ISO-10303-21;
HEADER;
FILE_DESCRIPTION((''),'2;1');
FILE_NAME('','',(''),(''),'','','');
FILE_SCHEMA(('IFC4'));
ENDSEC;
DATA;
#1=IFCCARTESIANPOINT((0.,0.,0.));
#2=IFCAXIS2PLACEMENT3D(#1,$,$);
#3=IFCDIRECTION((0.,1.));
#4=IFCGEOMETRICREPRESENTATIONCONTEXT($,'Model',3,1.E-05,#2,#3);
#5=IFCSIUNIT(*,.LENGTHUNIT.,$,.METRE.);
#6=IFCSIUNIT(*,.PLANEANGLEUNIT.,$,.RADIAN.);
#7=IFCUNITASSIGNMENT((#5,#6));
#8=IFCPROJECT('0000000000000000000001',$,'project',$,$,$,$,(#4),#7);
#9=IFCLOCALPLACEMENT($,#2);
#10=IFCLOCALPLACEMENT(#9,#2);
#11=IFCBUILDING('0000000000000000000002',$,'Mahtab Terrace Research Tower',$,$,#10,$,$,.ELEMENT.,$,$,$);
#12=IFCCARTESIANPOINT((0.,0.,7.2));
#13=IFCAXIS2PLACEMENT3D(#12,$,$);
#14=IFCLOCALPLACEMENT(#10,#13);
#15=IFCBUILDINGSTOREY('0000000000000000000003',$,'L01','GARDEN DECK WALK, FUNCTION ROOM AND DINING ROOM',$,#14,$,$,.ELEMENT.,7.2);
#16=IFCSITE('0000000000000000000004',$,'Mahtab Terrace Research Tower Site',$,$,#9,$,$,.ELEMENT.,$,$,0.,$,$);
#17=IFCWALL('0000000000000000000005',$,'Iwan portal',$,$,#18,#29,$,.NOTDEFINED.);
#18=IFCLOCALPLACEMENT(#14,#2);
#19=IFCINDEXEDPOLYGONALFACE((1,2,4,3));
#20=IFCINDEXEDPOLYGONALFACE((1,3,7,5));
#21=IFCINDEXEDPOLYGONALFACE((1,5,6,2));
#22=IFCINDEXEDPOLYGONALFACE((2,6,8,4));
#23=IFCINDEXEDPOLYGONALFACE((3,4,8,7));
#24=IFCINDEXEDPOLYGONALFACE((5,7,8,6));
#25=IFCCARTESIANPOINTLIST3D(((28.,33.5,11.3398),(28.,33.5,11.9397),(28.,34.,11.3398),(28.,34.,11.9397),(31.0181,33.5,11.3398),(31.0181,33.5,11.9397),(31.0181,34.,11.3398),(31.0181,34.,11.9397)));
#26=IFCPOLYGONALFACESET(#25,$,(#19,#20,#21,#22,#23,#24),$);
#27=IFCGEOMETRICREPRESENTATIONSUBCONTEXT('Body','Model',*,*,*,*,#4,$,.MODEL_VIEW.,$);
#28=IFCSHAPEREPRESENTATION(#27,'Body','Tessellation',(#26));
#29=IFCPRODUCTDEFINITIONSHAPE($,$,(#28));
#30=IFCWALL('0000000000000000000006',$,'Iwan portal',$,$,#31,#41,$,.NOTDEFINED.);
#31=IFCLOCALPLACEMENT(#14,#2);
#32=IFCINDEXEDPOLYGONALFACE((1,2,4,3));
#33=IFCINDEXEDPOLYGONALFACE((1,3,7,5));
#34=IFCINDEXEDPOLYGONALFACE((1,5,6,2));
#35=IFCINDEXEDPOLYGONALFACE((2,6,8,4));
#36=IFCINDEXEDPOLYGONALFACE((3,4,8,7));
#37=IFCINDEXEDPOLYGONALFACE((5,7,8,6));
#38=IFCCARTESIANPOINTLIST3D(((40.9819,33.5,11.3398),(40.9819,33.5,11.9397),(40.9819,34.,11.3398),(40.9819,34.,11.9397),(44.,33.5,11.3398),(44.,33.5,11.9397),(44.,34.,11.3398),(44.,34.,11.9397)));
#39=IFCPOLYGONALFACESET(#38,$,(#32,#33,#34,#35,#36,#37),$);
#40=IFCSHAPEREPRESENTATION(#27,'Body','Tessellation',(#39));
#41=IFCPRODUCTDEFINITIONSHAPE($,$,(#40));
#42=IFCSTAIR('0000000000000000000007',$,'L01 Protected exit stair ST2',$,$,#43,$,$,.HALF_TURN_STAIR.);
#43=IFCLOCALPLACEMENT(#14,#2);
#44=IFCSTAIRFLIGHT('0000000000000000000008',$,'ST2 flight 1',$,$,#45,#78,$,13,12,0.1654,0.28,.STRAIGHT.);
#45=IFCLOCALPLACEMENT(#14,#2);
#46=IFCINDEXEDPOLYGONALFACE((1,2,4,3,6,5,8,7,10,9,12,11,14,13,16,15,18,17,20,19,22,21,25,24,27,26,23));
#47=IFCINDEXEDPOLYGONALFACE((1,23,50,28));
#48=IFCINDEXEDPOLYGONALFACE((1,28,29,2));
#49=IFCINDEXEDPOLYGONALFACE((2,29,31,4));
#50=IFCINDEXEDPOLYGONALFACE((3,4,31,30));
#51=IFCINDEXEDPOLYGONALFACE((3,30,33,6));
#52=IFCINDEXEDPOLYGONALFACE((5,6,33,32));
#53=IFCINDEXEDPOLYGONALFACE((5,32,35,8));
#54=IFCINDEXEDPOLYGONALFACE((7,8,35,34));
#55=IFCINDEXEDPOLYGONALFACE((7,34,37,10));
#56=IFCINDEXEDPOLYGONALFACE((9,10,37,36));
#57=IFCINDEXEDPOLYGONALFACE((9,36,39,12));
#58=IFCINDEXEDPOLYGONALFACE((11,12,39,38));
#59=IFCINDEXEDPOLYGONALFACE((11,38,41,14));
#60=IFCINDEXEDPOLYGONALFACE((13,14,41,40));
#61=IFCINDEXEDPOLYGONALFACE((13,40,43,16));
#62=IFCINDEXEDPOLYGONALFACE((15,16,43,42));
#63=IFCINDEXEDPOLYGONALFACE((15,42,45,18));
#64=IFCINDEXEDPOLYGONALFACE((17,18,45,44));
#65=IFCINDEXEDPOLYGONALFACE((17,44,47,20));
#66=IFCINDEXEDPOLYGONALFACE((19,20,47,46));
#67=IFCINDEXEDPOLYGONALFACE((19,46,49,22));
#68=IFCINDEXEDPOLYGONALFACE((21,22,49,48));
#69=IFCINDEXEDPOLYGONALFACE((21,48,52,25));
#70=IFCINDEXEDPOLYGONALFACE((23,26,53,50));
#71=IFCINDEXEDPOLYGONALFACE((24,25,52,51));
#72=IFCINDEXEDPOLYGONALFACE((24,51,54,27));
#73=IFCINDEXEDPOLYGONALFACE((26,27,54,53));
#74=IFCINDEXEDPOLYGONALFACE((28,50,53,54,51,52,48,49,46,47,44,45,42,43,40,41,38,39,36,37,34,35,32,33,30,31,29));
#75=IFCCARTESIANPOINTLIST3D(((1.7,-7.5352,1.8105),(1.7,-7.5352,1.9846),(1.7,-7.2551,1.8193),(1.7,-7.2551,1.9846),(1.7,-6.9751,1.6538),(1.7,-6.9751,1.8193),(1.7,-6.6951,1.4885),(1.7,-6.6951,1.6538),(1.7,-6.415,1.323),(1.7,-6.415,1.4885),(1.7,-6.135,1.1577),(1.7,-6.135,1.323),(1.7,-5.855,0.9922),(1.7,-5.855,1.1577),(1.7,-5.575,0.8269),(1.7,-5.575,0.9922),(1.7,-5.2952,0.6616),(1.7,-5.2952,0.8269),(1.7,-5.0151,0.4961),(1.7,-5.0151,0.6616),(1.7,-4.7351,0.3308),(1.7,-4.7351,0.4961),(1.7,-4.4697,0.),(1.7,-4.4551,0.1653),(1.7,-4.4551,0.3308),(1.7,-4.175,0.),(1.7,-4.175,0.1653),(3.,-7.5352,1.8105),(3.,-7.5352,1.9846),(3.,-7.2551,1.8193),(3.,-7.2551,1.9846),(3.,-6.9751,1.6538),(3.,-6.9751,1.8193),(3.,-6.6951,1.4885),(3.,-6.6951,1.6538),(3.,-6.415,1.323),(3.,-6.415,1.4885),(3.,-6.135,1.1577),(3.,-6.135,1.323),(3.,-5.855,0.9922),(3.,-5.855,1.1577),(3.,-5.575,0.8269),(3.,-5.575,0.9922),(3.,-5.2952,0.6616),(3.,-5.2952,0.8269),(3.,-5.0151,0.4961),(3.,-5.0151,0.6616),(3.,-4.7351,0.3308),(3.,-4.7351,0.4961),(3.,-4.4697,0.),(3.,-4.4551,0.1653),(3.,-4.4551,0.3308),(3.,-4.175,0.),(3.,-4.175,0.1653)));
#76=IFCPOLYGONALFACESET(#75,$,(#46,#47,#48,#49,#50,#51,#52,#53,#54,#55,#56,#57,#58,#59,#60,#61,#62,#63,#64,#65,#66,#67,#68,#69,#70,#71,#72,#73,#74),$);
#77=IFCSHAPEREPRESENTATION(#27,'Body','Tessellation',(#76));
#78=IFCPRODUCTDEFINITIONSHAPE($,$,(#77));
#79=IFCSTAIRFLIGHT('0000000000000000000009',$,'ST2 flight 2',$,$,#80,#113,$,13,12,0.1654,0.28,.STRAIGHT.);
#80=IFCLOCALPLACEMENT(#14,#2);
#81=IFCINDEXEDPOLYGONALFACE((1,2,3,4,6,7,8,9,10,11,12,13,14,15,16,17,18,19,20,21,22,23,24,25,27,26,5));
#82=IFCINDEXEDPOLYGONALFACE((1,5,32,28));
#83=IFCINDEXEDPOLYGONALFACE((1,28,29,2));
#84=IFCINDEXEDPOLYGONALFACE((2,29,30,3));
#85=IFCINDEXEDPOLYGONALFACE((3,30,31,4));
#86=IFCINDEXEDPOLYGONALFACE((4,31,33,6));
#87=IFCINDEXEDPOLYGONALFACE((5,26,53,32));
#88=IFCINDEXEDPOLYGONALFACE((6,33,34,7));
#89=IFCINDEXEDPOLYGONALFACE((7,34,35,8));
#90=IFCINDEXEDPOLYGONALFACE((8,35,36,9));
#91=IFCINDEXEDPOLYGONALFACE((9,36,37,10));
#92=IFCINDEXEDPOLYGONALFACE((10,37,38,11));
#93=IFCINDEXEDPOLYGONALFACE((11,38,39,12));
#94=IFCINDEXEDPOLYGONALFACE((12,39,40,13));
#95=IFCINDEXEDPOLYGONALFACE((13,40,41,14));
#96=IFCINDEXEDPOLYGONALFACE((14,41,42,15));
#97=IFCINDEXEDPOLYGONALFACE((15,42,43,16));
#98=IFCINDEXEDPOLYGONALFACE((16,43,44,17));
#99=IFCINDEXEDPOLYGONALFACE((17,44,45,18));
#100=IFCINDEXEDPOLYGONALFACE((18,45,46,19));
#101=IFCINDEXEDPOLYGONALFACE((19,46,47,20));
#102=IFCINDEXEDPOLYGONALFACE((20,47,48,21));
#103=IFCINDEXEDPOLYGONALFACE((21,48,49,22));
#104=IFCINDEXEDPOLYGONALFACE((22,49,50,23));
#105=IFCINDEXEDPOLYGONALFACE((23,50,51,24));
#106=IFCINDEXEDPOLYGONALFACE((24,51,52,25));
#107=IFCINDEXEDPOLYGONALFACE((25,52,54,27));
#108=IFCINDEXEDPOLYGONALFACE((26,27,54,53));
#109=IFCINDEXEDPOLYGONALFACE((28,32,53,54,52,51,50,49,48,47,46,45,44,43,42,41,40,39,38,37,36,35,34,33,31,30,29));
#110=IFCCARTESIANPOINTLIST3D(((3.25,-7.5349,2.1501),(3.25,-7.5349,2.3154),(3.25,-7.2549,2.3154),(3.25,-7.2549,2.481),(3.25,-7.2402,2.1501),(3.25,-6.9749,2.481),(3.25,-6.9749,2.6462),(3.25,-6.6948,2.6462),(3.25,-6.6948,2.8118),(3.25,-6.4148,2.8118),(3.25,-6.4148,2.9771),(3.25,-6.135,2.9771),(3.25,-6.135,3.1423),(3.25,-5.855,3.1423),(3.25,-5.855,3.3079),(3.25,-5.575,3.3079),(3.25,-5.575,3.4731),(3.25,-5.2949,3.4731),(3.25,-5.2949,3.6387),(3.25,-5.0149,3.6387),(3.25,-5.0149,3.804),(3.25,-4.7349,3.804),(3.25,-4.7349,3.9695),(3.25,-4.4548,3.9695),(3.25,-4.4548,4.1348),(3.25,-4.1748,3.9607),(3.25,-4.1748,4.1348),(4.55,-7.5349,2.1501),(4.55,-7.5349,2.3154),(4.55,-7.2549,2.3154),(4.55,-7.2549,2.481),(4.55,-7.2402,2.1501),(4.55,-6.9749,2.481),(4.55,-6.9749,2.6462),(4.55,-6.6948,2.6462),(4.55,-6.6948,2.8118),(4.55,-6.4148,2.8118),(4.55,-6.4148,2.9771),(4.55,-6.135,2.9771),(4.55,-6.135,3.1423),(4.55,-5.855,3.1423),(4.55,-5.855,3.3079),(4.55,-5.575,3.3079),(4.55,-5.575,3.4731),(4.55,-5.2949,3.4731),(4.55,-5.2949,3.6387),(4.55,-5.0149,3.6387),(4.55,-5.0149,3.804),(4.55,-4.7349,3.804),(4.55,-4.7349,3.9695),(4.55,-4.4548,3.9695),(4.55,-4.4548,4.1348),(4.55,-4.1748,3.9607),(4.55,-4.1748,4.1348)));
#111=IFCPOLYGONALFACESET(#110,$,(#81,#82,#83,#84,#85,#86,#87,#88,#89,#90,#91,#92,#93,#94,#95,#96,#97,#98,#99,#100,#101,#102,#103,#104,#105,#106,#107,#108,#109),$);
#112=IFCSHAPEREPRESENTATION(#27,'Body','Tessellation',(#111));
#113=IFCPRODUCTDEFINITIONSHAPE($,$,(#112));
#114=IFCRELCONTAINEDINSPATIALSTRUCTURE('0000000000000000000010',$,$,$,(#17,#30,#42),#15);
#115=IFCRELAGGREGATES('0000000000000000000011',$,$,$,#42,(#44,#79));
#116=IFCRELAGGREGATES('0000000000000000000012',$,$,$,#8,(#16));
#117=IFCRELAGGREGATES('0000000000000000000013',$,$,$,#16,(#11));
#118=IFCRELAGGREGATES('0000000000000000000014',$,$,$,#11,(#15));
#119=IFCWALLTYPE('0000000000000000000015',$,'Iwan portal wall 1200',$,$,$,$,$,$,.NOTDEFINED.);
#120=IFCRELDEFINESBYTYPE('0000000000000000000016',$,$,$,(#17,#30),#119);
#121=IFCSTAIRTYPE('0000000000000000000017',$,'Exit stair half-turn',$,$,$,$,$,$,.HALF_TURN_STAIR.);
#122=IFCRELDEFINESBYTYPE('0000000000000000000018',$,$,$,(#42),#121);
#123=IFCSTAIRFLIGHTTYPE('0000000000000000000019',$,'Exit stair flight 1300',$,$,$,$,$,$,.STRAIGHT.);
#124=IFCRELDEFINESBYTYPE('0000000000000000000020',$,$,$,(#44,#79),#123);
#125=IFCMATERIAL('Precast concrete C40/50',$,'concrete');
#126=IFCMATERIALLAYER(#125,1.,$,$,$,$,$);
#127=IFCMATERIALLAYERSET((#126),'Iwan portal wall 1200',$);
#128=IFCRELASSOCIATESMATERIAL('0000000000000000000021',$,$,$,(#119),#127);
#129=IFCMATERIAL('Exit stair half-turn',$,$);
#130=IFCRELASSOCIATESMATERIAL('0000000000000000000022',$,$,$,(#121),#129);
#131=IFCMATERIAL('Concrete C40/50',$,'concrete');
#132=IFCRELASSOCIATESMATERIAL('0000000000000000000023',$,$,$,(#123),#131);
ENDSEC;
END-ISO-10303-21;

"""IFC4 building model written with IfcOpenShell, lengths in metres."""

from ifc_helpers import new_model, si_unit, direction, frame, origin, place, context, subcontext, project, spatial, polyline, outline, extrude, material, layer, layer_set, type_object, element, aggregate, save


model = new_model("IFC4")

# Units and contexts
model_context = context("Model", 3, precision=1e-05, world=origin(), true_north=direction((0.0, 1.0)))
body_context = subcontext(model_context, "Body", "Model", "MODEL_VIEW")
ifc_project = project(units=[si_unit("LENGTHUNIT", "METRE"), si_unit("PLANEANGLEUNIT", "RADIAN")], contexts=[model_context])

# Site, building, storey
site_placement = place(None, origin())
site = spatial("IfcSite", under=ifc_project, at=site_placement, Name="Mahtab Terrace Research Tower Site", CompositionType="ELEMENT", RefElevation=0.0)
building_placement = place(site_placement, origin())
building = spatial("IfcBuilding", under=site, at=building_placement, Name="Mahtab Terrace Research Tower", CompositionType="ELEMENT")
storey_placement = place(building_placement, frame((0.0, 0.0, 7.2)))
storey = spatial("IfcBuildingStorey", under=building, at=storey_placement, Name="L01", Description="GARDEN DECK WALK, FUNCTION ROOM AND DINING ROOM", CompositionType="ELEMENT", Elevation=7.2)

# Walls
ifc_material_1 = material(Name="Precast concrete C40/50", Category="concrete")
ifc_layer_1 = layer(ifc_material_1, 1.0)
ifc_layer_set_1 = layer_set([ifc_layer_1], Name="Iwan portal wall 1200")
wall_type_1 = type_object("IfcWallType", Name="Iwan portal wall 1200", PredefinedType="NOTDEFINED", material=ifc_layer_set_1)
wall_1_placement = place(storey_placement, frame((0.0, 0.0, 11.3398)))
element("IfcWall", 1, at=wall_1_placement, inside=storey, type_object=wall_type_1, Name="Iwan portal", PredefinedType="NOTDEFINED", context=body_context, shape_type="SweptSolid", body=[
    extrude(outline(polyline([(28.0, 33.5), (31.0181, 33.5), (31.0181, 34.0), (28.0, 34.0), (28.0, 33.5)])), origin(), (0.0, 0.0, 1.0), 0.5999),
])
wall_2_placement = place(storey_placement, frame((0.0, 0.0, 11.3398)))
element("IfcWall", 2, at=wall_2_placement, inside=storey, type_object=wall_type_1, Name="Iwan portal", PredefinedType="NOTDEFINED", context=body_context, shape_type="SweptSolid", body=[
    extrude(outline(polyline([(40.9819, 33.5), (44.0, 33.5), (44.0, 34.0), (40.9819, 34.0), (40.9819, 33.5)])), origin(), (0.0, 0.0, 1.0), 0.5999),
])

# Stair, stair flights
ifc_material_2 = material(Name="Exit stair half-turn")
stair_type = type_object("IfcStairType", Name="Exit stair half-turn", PredefinedType="HALF_TURN_STAIR", material=ifc_material_2)
stair_placement = place(storey_placement, origin())
stair = element("IfcStair", 3, at=stair_placement, inside=storey, type_object=stair_type, Name="L01 Protected exit stair ST2", PredefinedType="HALF_TURN_STAIR")
ifc_material_3 = material(Name="Concrete C40/50", Category="concrete")
stair_flight_type = type_object("IfcStairFlightType", Name="Exit stair flight 1300", PredefinedType="STRAIGHT", material=ifc_material_3)
stair_flight_1_placement = place(storey_placement, frame((2.3501, -4.175, 0.0), z_axis=(0.0, 0.0, 1.0), x_axis=(0.0, -1.0, 0.0)))
stair_flight_1 = element("IfcStairFlight", 4, at=stair_flight_1_placement, type_object=stair_flight_type, Name="ST2 flight 1", NumberOfRisers=13, NumberOfTreads=12, PredefinedType="STRAIGHT", RiserHeight=0.1654, TreadLength=0.28, context=body_context, shape_type="SweptSolid", body=[
    extrude(outline(polyline([(0.0, 0.0), (0.0, 0.1653), (0.28, 0.1653), (0.28, 0.3308), (0.5601, 0.3308), (0.5601, 0.4961), (0.8401, 0.4961), (0.8401, 0.6616), (1.1201, 0.6616), (1.1201, 0.8269), (1.3999, 0.8269), (1.3999, 0.9922), (1.6799, 0.9922), (1.6799, 1.1577), (1.96, 1.1577), (1.96, 1.323), (2.24, 1.323), (2.24, 1.4885), (2.52, 1.4885), (2.52, 1.6538), (2.8, 1.6538), (2.8, 1.8193), (3.0801, 1.8193), (3.0801, 1.9846), (3.3601, 1.9846), (3.3601, 2.1499), (3.3601, 1.8105), (0.2947, 0.0), (0.0, 0.0)])), frame((0.0, 0.6499, 0.0), z_axis=(0.0, -1.0, 0.0), x_axis=(1.0, 0.0, 0.0)), (0.0, 0.0, 1.0), 1.3),
])
stair_flight_2_placement = place(storey_placement, frame((3.8999, -7.5349, 2.1501), z_axis=(0.0, 0.0, 1.0), x_axis=(0.0, 1.0, 0.0)))
stair_flight_2 = element("IfcStairFlight", 5, at=stair_flight_2_placement, type_object=stair_flight_type, Name="ST2 flight 2", NumberOfRisers=13, NumberOfTreads=12, PredefinedType="STRAIGHT", RiserHeight=0.1654, TreadLength=0.28, context=body_context, shape_type="SweptSolid", body=[
    extrude(outline(polyline([(0.0, 0.0), (0.0, 0.1653), (0.28, 0.1653), (0.28, 0.3308), (0.5601, 0.3308), (0.5601, 0.4961), (0.8401, 0.4961), (0.8401, 0.6616), (1.1201, 0.6616), (1.1201, 0.8269), (1.3999, 0.8269), (1.3999, 0.9922), (1.6799, 0.9922), (1.6799, 1.1577), (1.96, 1.1577), (1.96, 1.323), (2.24, 1.323), (2.24, 1.4885), (2.52, 1.4885), (2.52, 1.6538), (2.8, 1.6538), (2.8, 1.8193), (3.0801, 1.8193), (3.0801, 1.9846), (3.3601, 1.9846), (3.3601, 2.1499), (3.3601, 1.8105), (0.2947, 0.0), (0.0, 0.0)])), frame((0.0, 0.6499, 0.0), z_axis=(0.0, -1.0, 0.0), x_axis=(1.0, 0.0, 0.0)), (0.0, 0.0, 1.0), 1.3),
])
aggregate(stair, [stair_flight_1, stair_flight_2])

save(model, "model.ifc")
